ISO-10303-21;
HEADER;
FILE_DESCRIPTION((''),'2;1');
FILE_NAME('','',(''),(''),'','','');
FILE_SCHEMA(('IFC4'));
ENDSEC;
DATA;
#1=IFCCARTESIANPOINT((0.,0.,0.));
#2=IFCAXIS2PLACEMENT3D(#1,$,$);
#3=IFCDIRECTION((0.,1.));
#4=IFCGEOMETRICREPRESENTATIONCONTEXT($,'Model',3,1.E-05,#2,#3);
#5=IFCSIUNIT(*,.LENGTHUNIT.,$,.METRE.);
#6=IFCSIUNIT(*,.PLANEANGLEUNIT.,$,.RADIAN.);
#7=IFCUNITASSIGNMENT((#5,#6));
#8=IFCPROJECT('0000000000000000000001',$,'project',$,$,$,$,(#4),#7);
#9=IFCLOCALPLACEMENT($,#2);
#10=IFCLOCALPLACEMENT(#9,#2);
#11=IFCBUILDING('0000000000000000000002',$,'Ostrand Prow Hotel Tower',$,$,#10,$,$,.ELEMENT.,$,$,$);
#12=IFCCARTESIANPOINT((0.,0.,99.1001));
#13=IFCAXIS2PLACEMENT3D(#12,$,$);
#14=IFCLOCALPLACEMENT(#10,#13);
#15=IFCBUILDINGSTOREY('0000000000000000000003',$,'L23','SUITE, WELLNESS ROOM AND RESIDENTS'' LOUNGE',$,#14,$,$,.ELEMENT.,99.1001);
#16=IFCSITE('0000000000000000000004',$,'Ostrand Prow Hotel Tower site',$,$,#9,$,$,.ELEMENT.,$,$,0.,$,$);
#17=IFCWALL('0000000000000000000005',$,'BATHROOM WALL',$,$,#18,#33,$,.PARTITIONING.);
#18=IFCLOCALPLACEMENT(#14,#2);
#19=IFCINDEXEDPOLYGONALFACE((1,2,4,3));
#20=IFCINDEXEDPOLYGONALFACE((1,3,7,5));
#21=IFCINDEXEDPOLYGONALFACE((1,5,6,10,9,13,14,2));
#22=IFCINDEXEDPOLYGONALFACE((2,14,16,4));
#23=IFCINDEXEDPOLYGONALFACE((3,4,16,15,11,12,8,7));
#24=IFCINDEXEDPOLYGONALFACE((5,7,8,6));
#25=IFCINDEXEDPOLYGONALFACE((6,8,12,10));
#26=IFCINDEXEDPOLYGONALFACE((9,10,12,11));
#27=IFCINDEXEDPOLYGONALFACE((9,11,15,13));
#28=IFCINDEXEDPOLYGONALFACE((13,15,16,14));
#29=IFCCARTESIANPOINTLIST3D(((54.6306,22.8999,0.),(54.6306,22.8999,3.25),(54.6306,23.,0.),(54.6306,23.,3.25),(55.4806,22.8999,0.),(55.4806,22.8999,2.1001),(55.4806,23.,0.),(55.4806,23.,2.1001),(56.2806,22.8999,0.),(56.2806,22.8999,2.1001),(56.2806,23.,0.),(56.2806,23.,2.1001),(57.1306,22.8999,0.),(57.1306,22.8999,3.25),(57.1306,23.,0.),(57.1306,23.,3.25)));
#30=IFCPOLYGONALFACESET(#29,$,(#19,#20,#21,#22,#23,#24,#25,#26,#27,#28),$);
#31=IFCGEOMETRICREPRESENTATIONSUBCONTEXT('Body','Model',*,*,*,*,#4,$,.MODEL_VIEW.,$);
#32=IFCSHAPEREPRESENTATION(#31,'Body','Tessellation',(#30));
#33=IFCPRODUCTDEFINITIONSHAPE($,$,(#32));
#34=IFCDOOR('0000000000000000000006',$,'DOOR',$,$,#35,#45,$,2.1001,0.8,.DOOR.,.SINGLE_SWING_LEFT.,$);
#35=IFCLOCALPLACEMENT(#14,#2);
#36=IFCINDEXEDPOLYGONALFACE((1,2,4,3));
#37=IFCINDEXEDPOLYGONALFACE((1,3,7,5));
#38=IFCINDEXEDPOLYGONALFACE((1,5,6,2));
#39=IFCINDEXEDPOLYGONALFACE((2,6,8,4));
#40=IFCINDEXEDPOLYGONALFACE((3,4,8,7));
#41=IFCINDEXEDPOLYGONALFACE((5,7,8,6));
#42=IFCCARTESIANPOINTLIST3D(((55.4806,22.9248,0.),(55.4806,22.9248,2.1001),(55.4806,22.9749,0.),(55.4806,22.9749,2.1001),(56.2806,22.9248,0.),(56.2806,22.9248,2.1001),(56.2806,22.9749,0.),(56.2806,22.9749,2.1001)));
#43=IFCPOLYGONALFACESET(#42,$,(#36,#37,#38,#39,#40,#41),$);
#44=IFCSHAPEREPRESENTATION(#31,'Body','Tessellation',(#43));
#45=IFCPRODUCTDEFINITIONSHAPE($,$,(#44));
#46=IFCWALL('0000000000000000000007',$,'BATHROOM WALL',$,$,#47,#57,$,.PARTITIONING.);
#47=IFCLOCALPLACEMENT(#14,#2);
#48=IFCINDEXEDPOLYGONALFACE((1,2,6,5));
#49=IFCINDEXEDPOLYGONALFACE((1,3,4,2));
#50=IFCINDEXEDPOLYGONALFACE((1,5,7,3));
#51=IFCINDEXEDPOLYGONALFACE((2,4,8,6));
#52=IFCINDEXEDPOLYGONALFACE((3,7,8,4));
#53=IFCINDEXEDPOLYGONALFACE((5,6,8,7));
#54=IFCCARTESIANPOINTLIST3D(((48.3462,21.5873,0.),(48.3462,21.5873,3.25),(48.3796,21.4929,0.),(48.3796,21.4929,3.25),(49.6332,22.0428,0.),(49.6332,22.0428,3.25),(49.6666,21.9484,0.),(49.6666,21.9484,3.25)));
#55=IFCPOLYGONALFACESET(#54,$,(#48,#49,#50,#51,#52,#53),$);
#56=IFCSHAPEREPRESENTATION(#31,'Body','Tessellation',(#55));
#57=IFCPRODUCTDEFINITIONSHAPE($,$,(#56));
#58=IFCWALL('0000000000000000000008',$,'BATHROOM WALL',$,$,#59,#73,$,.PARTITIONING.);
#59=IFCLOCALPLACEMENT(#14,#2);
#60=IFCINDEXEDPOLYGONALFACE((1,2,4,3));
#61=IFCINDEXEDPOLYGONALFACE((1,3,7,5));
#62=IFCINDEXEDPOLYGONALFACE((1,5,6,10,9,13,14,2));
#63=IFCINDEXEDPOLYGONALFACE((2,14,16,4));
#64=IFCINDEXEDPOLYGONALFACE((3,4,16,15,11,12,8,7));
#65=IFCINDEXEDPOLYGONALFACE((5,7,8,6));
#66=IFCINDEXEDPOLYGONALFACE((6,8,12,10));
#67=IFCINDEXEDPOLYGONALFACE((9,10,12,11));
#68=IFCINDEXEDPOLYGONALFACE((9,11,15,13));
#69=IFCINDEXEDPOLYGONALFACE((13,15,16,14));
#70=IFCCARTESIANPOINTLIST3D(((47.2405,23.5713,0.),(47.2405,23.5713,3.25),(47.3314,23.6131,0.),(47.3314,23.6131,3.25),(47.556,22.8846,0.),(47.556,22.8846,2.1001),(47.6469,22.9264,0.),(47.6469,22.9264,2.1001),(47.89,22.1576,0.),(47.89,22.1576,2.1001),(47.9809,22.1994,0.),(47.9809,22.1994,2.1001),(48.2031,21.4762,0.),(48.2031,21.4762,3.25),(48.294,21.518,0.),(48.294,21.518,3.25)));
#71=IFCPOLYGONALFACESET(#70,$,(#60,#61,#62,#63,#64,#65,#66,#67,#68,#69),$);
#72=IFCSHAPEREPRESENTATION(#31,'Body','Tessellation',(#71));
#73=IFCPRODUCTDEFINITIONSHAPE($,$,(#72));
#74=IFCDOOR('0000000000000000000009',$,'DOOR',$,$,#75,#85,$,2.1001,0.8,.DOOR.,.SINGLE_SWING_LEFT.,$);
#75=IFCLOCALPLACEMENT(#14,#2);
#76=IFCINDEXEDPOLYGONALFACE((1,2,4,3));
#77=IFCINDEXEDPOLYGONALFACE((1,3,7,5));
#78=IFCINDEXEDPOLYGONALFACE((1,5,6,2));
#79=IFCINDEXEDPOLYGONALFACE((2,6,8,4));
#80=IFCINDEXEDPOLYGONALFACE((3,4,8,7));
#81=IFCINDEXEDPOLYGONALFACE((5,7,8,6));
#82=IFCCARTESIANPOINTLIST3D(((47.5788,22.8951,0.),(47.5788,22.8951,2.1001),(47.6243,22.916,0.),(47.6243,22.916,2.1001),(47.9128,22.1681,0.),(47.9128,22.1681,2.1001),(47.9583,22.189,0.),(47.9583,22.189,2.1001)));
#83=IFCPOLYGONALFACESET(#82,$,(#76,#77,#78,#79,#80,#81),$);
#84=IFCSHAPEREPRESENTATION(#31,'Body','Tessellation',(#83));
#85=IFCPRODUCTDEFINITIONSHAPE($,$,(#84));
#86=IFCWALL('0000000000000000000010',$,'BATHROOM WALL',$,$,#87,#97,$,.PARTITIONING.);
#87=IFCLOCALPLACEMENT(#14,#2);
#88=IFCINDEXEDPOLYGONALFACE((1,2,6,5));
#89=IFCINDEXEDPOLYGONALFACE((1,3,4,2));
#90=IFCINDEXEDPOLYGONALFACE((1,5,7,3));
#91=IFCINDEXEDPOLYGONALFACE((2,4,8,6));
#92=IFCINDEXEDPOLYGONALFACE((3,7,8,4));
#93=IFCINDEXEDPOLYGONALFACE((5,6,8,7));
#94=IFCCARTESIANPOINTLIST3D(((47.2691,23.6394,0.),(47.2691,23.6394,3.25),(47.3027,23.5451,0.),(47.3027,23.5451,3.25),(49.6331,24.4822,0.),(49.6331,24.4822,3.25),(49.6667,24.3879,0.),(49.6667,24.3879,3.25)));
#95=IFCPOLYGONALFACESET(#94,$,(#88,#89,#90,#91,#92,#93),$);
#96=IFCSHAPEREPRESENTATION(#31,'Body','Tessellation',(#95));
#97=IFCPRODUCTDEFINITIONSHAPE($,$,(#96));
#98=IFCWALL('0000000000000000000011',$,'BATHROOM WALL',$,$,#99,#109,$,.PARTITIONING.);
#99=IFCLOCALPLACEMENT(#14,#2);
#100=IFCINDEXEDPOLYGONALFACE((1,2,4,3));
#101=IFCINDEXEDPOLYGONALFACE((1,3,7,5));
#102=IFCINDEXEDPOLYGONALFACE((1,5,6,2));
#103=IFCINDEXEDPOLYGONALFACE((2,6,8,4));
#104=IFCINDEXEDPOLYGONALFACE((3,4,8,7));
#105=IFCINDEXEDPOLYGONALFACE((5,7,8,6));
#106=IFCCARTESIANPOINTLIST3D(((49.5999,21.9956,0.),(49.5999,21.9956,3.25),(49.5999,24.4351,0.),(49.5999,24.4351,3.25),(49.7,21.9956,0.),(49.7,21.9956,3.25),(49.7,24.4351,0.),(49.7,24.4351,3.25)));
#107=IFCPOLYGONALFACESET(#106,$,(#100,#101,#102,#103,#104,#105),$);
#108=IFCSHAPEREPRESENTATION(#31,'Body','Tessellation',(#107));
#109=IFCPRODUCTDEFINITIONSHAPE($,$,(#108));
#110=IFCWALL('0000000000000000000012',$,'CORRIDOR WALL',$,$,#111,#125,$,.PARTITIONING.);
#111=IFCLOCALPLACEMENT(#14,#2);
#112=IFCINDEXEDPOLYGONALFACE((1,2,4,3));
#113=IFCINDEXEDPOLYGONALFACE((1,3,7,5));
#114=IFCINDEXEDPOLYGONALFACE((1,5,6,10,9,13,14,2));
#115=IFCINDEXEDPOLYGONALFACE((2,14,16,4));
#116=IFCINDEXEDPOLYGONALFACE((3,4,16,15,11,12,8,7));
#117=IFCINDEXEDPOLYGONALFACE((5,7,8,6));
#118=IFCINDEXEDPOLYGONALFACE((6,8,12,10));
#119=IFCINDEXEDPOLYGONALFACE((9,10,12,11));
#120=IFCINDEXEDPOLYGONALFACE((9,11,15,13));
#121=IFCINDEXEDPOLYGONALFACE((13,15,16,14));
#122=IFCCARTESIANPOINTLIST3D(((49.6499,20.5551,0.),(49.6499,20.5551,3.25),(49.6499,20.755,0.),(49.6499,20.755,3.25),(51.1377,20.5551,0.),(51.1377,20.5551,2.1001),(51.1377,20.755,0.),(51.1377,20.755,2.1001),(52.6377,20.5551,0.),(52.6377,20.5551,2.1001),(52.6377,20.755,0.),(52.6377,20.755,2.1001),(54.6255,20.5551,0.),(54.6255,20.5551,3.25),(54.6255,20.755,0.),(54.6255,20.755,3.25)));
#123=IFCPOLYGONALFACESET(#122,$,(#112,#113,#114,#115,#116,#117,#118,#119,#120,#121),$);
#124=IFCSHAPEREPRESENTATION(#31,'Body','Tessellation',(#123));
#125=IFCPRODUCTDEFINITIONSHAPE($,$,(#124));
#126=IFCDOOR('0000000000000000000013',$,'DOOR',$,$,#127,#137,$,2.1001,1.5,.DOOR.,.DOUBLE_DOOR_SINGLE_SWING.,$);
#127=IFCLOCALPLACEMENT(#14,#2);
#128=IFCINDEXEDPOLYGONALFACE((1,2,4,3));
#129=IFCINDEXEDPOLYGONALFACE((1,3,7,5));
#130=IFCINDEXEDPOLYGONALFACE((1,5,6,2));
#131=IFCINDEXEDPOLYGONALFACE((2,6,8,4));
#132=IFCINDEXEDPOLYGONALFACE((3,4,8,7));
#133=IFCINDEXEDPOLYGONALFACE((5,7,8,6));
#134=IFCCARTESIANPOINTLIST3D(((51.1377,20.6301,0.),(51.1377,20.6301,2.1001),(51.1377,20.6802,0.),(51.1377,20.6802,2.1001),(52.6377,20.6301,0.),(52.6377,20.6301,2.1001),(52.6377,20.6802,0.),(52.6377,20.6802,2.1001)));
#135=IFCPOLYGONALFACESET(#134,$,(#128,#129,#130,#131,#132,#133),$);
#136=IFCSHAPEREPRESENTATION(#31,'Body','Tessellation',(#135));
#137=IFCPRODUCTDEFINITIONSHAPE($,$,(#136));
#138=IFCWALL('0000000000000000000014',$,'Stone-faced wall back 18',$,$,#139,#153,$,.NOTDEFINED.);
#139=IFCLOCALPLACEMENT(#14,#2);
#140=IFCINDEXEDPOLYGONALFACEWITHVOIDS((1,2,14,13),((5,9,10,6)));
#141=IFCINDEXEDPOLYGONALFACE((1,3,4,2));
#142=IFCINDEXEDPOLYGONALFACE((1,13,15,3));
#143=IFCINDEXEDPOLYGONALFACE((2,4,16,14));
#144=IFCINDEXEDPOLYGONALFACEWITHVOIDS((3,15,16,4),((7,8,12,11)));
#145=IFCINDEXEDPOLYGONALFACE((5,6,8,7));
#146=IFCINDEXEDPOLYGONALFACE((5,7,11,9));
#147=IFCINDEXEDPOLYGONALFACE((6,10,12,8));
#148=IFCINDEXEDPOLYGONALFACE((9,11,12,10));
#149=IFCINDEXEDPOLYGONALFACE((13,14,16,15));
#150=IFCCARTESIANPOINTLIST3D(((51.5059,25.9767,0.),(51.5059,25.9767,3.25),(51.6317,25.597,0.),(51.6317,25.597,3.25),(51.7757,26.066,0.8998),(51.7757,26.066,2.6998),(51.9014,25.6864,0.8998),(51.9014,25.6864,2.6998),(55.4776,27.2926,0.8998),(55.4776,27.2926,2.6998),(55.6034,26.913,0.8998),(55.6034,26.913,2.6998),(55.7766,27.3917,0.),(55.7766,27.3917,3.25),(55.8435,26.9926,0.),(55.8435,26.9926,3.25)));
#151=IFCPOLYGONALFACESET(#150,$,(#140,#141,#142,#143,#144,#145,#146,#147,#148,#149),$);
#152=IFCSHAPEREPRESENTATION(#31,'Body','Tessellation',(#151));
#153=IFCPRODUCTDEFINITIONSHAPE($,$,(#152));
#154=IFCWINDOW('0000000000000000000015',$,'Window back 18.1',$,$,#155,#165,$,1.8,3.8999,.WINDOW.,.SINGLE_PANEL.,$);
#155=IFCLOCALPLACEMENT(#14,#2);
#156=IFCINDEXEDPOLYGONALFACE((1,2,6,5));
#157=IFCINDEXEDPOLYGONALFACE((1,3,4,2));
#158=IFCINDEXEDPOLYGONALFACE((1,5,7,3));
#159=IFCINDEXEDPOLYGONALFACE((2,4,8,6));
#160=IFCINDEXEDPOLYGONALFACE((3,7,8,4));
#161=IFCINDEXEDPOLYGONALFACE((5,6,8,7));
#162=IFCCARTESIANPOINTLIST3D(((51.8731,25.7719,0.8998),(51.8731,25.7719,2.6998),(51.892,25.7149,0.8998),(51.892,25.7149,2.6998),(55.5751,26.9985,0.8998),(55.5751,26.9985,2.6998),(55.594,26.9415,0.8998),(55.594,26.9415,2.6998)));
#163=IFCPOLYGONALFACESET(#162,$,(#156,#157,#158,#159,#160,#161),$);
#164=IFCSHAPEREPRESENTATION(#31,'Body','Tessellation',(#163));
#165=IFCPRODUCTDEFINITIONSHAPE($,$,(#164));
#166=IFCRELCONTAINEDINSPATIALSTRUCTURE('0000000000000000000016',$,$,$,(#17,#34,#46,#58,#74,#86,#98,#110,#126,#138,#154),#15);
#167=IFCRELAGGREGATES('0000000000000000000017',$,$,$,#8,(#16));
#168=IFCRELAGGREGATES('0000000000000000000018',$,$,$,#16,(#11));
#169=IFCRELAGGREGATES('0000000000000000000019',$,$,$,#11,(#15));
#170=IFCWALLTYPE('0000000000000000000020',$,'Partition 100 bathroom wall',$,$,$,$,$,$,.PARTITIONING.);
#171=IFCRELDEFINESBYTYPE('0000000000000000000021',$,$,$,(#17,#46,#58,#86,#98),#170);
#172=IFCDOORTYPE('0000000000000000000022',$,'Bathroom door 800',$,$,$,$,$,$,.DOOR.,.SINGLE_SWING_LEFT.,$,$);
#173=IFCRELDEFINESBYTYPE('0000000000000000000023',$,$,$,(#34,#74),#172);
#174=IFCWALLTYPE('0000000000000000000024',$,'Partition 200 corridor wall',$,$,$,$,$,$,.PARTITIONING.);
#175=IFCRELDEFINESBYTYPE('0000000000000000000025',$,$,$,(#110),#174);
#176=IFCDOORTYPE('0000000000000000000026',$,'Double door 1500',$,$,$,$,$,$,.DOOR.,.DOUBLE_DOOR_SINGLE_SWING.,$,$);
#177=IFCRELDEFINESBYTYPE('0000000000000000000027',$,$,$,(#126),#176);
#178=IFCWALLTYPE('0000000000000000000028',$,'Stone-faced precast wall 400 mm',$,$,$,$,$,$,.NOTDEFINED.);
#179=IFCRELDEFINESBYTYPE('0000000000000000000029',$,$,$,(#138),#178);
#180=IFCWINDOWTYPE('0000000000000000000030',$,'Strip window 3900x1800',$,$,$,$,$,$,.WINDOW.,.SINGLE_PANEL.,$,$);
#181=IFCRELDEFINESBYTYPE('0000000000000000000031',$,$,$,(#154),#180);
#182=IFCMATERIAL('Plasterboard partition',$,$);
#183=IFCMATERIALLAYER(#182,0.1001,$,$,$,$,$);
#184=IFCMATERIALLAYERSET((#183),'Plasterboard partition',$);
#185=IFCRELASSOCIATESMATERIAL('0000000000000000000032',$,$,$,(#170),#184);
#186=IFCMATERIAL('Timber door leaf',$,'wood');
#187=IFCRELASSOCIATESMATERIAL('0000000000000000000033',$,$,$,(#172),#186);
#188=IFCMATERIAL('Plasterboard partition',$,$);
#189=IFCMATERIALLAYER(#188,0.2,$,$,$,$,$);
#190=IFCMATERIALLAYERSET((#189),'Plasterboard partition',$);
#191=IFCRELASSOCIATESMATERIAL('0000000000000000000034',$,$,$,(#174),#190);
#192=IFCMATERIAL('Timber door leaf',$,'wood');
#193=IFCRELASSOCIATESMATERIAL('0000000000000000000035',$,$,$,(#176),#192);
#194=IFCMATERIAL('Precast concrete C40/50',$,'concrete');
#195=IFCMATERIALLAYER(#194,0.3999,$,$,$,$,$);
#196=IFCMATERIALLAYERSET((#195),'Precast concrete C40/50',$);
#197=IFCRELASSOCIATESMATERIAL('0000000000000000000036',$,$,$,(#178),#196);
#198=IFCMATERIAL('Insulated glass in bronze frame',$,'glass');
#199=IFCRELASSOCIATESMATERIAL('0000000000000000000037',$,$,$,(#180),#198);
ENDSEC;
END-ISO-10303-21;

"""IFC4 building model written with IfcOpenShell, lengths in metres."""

from ifc_helpers import new_model, si_unit, direction, frame, frame_2d, origin, place, context, subcontext, project, spatial, polyline, rectangle, outline, extrude, material, layer, layer_set, type_object, element, fill, save


model = new_model("IFC4")

# Units and contexts
model_context = context("Model", 3, precision=1e-05, world=origin(), true_north=direction((0.0, 1.0)))
body_context = subcontext(model_context, "Body", "Model", "MODEL_VIEW")
ifc_project = project(units=[si_unit("LENGTHUNIT", "METRE"), si_unit("PLANEANGLEUNIT", "RADIAN")], contexts=[model_context])

# Site, building, storey
site_placement = place(None, origin())
site = spatial("IfcSite", under=ifc_project, at=site_placement, Name="Ostrand Prow Hotel Tower site", CompositionType="ELEMENT", RefElevation=0.0)
building_placement = place(site_placement, origin())
building = spatial("IfcBuilding", under=site, at=building_placement, Name="Ostrand Prow Hotel Tower", CompositionType="ELEMENT")
storey_placement = place(building_placement, frame((0.0, 0.0, 99.1001)))
storey = spatial("IfcBuildingStorey", under=building, at=storey_placement, Name="L23", Description="SUITE, WELLNESS ROOM AND RESIDENTS' LOUNGE", CompositionType="ELEMENT", Elevation=99.1001)

# Wall, opening, door
ifc_material_1 = material(Name="Plasterboard partition")
ifc_layer_1 = layer(ifc_material_1, 0.1001)
ifc_layer_set_1 = layer_set([ifc_layer_1], Name="Plasterboard partition")
wall_type_1 = type_object("IfcWallType", Name="Partition 100 bathroom wall", PredefinedType="PARTITIONING", material=ifc_layer_set_1)
wall_1_placement = place(storey_placement, frame((54.6306, 22.95, 0.0), z_axis=(0.0, 0.0, 1.0), x_axis=(1.0, 0.0, 0.0)))
wall_1 = element("IfcWall", 1, at=wall_1_placement, inside=storey, type_object=wall_type_1, Name="BATHROOM WALL", PredefinedType="PARTITIONING", context=body_context, shape_type="SweptSolid", body=[
    extrude(rectangle(XDim=2.5, YDim=0.1001, at=frame_2d((1.25, 0.0))), origin(), (0.0, 0.0, 1.0), 3.25),
])
opening_1_placement = place(wall_1_placement, frame((0.8501, 0.0, 0.0)))
opening_1 = element("IfcOpeningElement", 2, at=opening_1_placement, cuts=wall_1, PredefinedType="OPENING", context=body_context, shape_type="SweptSolid", body=[
    extrude(rectangle(XDim=0.8, YDim=2.1001, at=frame_2d((0.3999, 1.05))), frame((0.0, 0.0601, 0.0), z_axis=(0.0, -1.0, 0.0), x_axis=(1.0, 0.0, 0.0)), (0.0, 0.0, 1.0), 0.1201),
])
ifc_material_2 = material(Name="Timber door leaf", Category="wood")
door_type_1 = type_object("IfcDoorType", Name="Bathroom door 800", OperationType="SINGLE_SWING_LEFT", PredefinedType="DOOR", material=ifc_material_2)
door_1_placement = place(opening_1_placement, origin())
door_1 = element("IfcDoor", 3, at=door_1_placement, inside=storey, type_object=door_type_1, Name="DOOR", OperationType="SINGLE_SWING_LEFT", OverallHeight=2.1001, OverallWidth=0.8, PredefinedType="DOOR", context=body_context, shape_type="SweptSolid", body=[
    extrude(rectangle(XDim=0.8, YDim=2.1001, at=frame_2d((0.3999, 1.05))), frame((0.0, 0.0249, 0.0), z_axis=(0.0, -1.0, 0.0), x_axis=(1.0, 0.0, 0.0)), (0.0, 0.0, 1.0), 0.05),
])
fill(opening_1, door_1)

# Wall
wall_2_placement = place(storey_placement, frame((49.6499, 21.9956, 0.0), z_axis=(0.0, 0.0, 1.0), x_axis=(-0.942693, -0.333662, 0.0)))
element("IfcWall", 4, at=wall_2_placement, inside=storey, type_object=wall_type_1, Name="BATHROOM WALL", PredefinedType="PARTITIONING", context=body_context, shape_type="SweptSolid", body=[
    extrude(rectangle(XDim=1.3652, YDim=0.1001, at=frame_2d((0.6826, 0.0))), origin(), (0.0, 0.0, 1.0), 3.25),
])

# Wall, opening, door
wall_3_placement = place(storey_placement, frame((48.2485, 21.4971, 0.0), z_axis=(0.0, 0.0, 1.0), x_axis=(-0.417493, 0.90868, 0.0)))
wall_3 = element("IfcWall", 5, at=wall_3_placement, inside=storey, type_object=wall_type_1, Name="BATHROOM WALL", PredefinedType="PARTITIONING", context=body_context, shape_type="SweptSolid", body=[
    extrude(rectangle(XDim=2.3057, YDim=0.1001, at=frame_2d((1.1528, 0.0))), origin(), (0.0, 0.0, 1.0), 3.25),
])
opening_2_placement = place(wall_3_placement, frame((0.75, 0.0, 0.0)))
opening_2 = element("IfcOpeningElement", 6, at=opening_2_placement, cuts=wall_3, PredefinedType="OPENING", context=body_context, shape_type="SweptSolid", body=[
    extrude(rectangle(XDim=0.8, YDim=2.1001, at=frame_2d((0.3999, 1.05))), frame((0.0, 0.0601, 0.0), z_axis=(0.0, -1.0, 0.0), x_axis=(1.0, 0.0, 0.0)), (0.0, 0.0, 1.0), 0.1201),
])
door_2_placement = place(opening_2_placement, origin())
door_2 = element("IfcDoor", 7, at=door_2_placement, inside=storey, type_object=door_type_1, Name="DOOR", OperationType="SINGLE_SWING_LEFT", OverallHeight=2.1001, OverallWidth=0.8, PredefinedType="DOOR", context=body_context, shape_type="SweptSolid", body=[
    extrude(rectangle(XDim=0.8, YDim=2.1001, at=frame_2d((0.3999, 1.05))), frame((0.0, 0.0249, 0.0), z_axis=(0.0, -1.0, 0.0), x_axis=(1.0, 0.0, 0.0)), (0.0, 0.0, 1.0), 0.05),
])
fill(opening_2, door_2)

# Walls
wall_4_placement = place(storey_placement, frame((47.2859, 23.5923, 0.0), z_axis=(0.0, 0.0, 1.0), x_axis=(0.941933, 0.3358, 0.0)))
element("IfcWall", 8, at=wall_4_placement, inside=storey, type_object=wall_type_1, Name="BATHROOM WALL", PredefinedType="PARTITIONING", context=body_context, shape_type="SweptSolid", body=[
    extrude(rectangle(XDim=2.5098, YDim=0.1001, at=frame_2d((1.2549, 0.0))), origin(), (0.0, 0.0, 1.0), 3.25),
])
wall_5_placement = place(storey_placement, frame((49.6499, 24.4351, 0.0), z_axis=(0.0, 0.0, 1.0), x_axis=(0.0, -1.0, 0.0)))
element("IfcWall", 9, at=wall_5_placement, inside=storey, type_object=wall_type_1, Name="BATHROOM WALL", PredefinedType="PARTITIONING", context=body_context, shape_type="SweptSolid", body=[
    extrude(rectangle(XDim=2.4395, YDim=0.1001, at=frame_2d((1.2197, 0.0))), origin(), (0.0, 0.0, 1.0), 3.25),
])

# Wall, opening, door
ifc_material_3 = material(Name="Plasterboard partition")
ifc_layer_2 = layer(ifc_material_3, 0.2)
ifc_layer_set_2 = layer_set([ifc_layer_2], Name="Plasterboard partition")
wall_type_2 = type_object("IfcWallType", Name="Partition 200 corridor wall", PredefinedType="PARTITIONING", material=ifc_layer_set_2)
wall_6_placement = place(storey_placement, frame((54.6255, 20.655, 0.0), z_axis=(0.0, 0.0, 1.0), x_axis=(-1.0, 0.0, 0.0)))
wall_6 = element("IfcWall", 10, at=wall_6_placement, inside=storey, type_object=wall_type_2, Name="CORRIDOR WALL", PredefinedType="PARTITIONING", context=body_context, shape_type="SweptSolid", body=[
    extrude(rectangle(XDim=4.9756, YDim=0.2, at=frame_2d((2.4878, 0.0))), origin(), (0.0, 0.0, 1.0), 3.25),
])
opening_3_placement = place(wall_6_placement, frame((1.9878, 0.0, 0.0)))
opening_3 = element("IfcOpeningElement", 11, at=opening_3_placement, cuts=wall_6, PredefinedType="OPENING", context=body_context, shape_type="SweptSolid", body=[
    extrude(rectangle(XDim=1.5, YDim=2.1001, at=frame_2d((0.75, 1.05))), frame((0.0, 0.1099, 0.0), z_axis=(0.0, -1.0, 0.0), x_axis=(1.0, 0.0, 0.0)), (0.0, 0.0, 1.0), 0.22),
])
ifc_material_4 = material(Name="Timber door leaf", Category="wood")
door_type_2 = type_object("IfcDoorType", Name="Double door 1500", OperationType="DOUBLE_DOOR_SINGLE_SWING", PredefinedType="DOOR", material=ifc_material_4)
door_3_placement = place(opening_3_placement, origin())
door_3 = element("IfcDoor", 12, at=door_3_placement, inside=storey, type_object=door_type_2, Name="DOOR", OperationType="DOUBLE_DOOR_SINGLE_SWING", OverallHeight=2.1001, OverallWidth=1.5, PredefinedType="DOOR", context=body_context, shape_type="SweptSolid", body=[
    extrude(rectangle(XDim=1.5, YDim=2.1001, at=frame_2d((0.75, 1.05))), frame((0.0, 0.0249, 0.0), z_axis=(0.0, -1.0, 0.0), x_axis=(1.0, 0.0, 0.0)), (0.0, 0.0, 1.0), 0.05),
])
fill(opening_3, door_3)

# Wall, opening, window
ifc_material_5 = material(Name="Precast concrete C40/50", Category="concrete")
ifc_layer_3 = layer(ifc_material_5, 0.3999)
ifc_layer_set_3 = layer_set([ifc_layer_3], Name="Precast concrete C40/50")
wall_type_3 = type_object("IfcWallType", Name="Stone-faced precast wall 400 mm", PredefinedType="NOTDEFINED", material=ifc_layer_set_3)
wall_7_placement = place(storey_placement, frame((55.8101, 27.1921, 0.0), z_axis=(0.0, 0.0, 1.0), x_axis=(-0.94925, -0.314522, 0.0)))
wall_7 = element("IfcWall", 13, at=wall_7_placement, inside=storey, type_object=wall_type_3, Name="Stone-faced wall back 18", PredefinedType="NOTDEFINED", context=body_context, shape_type="SweptSolid", body=[
    extrude(outline(polyline([(-0.031, -0.2), (4.468, -0.2), (4.468, 0.2), (0.031, 0.2), (-0.031, -0.2)])), origin(), (0.0, 0.0, 1.0), 3.25),
])
opening_4_placement = place(wall_7_placement, frame((0.2839, 0.0, 0.8999)))
opening_4 = element("IfcOpeningElement", 14, at=opening_4_placement, cuts=wall_7, PredefinedType="OPENING", context=body_context, shape_type="SweptSolid", body=[
    extrude(rectangle(XDim=3.8999, YDim=1.8, at=frame_2d((1.95, 0.8999))), frame((0.0, 0.21, 0.0), z_axis=(0.0, -1.0, 0.0), x_axis=(1.0, 0.0, 0.0)), (0.0, 0.0, 1.0), 0.4199),
])
ifc_material_6 = material(Name="Insulated glass in bronze frame", Category="glass")
window_type = type_object("IfcWindowType", Name="Strip window 3900x1800", PartitioningType="SINGLE_PANEL", PredefinedType="WINDOW", material=ifc_material_6)
window_placement = place(opening_4_placement, origin())
window = element("IfcWindow", 15, at=window_placement, inside=storey, type_object=window_type, Name="Window back 18.1", OverallHeight=1.8, OverallWidth=3.8999, PartitioningType="SINGLE_PANEL", PredefinedType="WINDOW", context=body_context, shape_type="SweptSolid", body=[
    extrude(rectangle(XDim=3.8999, YDim=1.8, at=frame_2d((1.95, 0.8999))), frame((0.0, 0.1699, 0.0), z_axis=(0.0, -1.0, 0.0), x_axis=(1.0, 0.0, 0.0)), (0.0, 0.0, 1.0), 0.0601),
])
fill(opening_4, window)

save(model, "model.ifc")
